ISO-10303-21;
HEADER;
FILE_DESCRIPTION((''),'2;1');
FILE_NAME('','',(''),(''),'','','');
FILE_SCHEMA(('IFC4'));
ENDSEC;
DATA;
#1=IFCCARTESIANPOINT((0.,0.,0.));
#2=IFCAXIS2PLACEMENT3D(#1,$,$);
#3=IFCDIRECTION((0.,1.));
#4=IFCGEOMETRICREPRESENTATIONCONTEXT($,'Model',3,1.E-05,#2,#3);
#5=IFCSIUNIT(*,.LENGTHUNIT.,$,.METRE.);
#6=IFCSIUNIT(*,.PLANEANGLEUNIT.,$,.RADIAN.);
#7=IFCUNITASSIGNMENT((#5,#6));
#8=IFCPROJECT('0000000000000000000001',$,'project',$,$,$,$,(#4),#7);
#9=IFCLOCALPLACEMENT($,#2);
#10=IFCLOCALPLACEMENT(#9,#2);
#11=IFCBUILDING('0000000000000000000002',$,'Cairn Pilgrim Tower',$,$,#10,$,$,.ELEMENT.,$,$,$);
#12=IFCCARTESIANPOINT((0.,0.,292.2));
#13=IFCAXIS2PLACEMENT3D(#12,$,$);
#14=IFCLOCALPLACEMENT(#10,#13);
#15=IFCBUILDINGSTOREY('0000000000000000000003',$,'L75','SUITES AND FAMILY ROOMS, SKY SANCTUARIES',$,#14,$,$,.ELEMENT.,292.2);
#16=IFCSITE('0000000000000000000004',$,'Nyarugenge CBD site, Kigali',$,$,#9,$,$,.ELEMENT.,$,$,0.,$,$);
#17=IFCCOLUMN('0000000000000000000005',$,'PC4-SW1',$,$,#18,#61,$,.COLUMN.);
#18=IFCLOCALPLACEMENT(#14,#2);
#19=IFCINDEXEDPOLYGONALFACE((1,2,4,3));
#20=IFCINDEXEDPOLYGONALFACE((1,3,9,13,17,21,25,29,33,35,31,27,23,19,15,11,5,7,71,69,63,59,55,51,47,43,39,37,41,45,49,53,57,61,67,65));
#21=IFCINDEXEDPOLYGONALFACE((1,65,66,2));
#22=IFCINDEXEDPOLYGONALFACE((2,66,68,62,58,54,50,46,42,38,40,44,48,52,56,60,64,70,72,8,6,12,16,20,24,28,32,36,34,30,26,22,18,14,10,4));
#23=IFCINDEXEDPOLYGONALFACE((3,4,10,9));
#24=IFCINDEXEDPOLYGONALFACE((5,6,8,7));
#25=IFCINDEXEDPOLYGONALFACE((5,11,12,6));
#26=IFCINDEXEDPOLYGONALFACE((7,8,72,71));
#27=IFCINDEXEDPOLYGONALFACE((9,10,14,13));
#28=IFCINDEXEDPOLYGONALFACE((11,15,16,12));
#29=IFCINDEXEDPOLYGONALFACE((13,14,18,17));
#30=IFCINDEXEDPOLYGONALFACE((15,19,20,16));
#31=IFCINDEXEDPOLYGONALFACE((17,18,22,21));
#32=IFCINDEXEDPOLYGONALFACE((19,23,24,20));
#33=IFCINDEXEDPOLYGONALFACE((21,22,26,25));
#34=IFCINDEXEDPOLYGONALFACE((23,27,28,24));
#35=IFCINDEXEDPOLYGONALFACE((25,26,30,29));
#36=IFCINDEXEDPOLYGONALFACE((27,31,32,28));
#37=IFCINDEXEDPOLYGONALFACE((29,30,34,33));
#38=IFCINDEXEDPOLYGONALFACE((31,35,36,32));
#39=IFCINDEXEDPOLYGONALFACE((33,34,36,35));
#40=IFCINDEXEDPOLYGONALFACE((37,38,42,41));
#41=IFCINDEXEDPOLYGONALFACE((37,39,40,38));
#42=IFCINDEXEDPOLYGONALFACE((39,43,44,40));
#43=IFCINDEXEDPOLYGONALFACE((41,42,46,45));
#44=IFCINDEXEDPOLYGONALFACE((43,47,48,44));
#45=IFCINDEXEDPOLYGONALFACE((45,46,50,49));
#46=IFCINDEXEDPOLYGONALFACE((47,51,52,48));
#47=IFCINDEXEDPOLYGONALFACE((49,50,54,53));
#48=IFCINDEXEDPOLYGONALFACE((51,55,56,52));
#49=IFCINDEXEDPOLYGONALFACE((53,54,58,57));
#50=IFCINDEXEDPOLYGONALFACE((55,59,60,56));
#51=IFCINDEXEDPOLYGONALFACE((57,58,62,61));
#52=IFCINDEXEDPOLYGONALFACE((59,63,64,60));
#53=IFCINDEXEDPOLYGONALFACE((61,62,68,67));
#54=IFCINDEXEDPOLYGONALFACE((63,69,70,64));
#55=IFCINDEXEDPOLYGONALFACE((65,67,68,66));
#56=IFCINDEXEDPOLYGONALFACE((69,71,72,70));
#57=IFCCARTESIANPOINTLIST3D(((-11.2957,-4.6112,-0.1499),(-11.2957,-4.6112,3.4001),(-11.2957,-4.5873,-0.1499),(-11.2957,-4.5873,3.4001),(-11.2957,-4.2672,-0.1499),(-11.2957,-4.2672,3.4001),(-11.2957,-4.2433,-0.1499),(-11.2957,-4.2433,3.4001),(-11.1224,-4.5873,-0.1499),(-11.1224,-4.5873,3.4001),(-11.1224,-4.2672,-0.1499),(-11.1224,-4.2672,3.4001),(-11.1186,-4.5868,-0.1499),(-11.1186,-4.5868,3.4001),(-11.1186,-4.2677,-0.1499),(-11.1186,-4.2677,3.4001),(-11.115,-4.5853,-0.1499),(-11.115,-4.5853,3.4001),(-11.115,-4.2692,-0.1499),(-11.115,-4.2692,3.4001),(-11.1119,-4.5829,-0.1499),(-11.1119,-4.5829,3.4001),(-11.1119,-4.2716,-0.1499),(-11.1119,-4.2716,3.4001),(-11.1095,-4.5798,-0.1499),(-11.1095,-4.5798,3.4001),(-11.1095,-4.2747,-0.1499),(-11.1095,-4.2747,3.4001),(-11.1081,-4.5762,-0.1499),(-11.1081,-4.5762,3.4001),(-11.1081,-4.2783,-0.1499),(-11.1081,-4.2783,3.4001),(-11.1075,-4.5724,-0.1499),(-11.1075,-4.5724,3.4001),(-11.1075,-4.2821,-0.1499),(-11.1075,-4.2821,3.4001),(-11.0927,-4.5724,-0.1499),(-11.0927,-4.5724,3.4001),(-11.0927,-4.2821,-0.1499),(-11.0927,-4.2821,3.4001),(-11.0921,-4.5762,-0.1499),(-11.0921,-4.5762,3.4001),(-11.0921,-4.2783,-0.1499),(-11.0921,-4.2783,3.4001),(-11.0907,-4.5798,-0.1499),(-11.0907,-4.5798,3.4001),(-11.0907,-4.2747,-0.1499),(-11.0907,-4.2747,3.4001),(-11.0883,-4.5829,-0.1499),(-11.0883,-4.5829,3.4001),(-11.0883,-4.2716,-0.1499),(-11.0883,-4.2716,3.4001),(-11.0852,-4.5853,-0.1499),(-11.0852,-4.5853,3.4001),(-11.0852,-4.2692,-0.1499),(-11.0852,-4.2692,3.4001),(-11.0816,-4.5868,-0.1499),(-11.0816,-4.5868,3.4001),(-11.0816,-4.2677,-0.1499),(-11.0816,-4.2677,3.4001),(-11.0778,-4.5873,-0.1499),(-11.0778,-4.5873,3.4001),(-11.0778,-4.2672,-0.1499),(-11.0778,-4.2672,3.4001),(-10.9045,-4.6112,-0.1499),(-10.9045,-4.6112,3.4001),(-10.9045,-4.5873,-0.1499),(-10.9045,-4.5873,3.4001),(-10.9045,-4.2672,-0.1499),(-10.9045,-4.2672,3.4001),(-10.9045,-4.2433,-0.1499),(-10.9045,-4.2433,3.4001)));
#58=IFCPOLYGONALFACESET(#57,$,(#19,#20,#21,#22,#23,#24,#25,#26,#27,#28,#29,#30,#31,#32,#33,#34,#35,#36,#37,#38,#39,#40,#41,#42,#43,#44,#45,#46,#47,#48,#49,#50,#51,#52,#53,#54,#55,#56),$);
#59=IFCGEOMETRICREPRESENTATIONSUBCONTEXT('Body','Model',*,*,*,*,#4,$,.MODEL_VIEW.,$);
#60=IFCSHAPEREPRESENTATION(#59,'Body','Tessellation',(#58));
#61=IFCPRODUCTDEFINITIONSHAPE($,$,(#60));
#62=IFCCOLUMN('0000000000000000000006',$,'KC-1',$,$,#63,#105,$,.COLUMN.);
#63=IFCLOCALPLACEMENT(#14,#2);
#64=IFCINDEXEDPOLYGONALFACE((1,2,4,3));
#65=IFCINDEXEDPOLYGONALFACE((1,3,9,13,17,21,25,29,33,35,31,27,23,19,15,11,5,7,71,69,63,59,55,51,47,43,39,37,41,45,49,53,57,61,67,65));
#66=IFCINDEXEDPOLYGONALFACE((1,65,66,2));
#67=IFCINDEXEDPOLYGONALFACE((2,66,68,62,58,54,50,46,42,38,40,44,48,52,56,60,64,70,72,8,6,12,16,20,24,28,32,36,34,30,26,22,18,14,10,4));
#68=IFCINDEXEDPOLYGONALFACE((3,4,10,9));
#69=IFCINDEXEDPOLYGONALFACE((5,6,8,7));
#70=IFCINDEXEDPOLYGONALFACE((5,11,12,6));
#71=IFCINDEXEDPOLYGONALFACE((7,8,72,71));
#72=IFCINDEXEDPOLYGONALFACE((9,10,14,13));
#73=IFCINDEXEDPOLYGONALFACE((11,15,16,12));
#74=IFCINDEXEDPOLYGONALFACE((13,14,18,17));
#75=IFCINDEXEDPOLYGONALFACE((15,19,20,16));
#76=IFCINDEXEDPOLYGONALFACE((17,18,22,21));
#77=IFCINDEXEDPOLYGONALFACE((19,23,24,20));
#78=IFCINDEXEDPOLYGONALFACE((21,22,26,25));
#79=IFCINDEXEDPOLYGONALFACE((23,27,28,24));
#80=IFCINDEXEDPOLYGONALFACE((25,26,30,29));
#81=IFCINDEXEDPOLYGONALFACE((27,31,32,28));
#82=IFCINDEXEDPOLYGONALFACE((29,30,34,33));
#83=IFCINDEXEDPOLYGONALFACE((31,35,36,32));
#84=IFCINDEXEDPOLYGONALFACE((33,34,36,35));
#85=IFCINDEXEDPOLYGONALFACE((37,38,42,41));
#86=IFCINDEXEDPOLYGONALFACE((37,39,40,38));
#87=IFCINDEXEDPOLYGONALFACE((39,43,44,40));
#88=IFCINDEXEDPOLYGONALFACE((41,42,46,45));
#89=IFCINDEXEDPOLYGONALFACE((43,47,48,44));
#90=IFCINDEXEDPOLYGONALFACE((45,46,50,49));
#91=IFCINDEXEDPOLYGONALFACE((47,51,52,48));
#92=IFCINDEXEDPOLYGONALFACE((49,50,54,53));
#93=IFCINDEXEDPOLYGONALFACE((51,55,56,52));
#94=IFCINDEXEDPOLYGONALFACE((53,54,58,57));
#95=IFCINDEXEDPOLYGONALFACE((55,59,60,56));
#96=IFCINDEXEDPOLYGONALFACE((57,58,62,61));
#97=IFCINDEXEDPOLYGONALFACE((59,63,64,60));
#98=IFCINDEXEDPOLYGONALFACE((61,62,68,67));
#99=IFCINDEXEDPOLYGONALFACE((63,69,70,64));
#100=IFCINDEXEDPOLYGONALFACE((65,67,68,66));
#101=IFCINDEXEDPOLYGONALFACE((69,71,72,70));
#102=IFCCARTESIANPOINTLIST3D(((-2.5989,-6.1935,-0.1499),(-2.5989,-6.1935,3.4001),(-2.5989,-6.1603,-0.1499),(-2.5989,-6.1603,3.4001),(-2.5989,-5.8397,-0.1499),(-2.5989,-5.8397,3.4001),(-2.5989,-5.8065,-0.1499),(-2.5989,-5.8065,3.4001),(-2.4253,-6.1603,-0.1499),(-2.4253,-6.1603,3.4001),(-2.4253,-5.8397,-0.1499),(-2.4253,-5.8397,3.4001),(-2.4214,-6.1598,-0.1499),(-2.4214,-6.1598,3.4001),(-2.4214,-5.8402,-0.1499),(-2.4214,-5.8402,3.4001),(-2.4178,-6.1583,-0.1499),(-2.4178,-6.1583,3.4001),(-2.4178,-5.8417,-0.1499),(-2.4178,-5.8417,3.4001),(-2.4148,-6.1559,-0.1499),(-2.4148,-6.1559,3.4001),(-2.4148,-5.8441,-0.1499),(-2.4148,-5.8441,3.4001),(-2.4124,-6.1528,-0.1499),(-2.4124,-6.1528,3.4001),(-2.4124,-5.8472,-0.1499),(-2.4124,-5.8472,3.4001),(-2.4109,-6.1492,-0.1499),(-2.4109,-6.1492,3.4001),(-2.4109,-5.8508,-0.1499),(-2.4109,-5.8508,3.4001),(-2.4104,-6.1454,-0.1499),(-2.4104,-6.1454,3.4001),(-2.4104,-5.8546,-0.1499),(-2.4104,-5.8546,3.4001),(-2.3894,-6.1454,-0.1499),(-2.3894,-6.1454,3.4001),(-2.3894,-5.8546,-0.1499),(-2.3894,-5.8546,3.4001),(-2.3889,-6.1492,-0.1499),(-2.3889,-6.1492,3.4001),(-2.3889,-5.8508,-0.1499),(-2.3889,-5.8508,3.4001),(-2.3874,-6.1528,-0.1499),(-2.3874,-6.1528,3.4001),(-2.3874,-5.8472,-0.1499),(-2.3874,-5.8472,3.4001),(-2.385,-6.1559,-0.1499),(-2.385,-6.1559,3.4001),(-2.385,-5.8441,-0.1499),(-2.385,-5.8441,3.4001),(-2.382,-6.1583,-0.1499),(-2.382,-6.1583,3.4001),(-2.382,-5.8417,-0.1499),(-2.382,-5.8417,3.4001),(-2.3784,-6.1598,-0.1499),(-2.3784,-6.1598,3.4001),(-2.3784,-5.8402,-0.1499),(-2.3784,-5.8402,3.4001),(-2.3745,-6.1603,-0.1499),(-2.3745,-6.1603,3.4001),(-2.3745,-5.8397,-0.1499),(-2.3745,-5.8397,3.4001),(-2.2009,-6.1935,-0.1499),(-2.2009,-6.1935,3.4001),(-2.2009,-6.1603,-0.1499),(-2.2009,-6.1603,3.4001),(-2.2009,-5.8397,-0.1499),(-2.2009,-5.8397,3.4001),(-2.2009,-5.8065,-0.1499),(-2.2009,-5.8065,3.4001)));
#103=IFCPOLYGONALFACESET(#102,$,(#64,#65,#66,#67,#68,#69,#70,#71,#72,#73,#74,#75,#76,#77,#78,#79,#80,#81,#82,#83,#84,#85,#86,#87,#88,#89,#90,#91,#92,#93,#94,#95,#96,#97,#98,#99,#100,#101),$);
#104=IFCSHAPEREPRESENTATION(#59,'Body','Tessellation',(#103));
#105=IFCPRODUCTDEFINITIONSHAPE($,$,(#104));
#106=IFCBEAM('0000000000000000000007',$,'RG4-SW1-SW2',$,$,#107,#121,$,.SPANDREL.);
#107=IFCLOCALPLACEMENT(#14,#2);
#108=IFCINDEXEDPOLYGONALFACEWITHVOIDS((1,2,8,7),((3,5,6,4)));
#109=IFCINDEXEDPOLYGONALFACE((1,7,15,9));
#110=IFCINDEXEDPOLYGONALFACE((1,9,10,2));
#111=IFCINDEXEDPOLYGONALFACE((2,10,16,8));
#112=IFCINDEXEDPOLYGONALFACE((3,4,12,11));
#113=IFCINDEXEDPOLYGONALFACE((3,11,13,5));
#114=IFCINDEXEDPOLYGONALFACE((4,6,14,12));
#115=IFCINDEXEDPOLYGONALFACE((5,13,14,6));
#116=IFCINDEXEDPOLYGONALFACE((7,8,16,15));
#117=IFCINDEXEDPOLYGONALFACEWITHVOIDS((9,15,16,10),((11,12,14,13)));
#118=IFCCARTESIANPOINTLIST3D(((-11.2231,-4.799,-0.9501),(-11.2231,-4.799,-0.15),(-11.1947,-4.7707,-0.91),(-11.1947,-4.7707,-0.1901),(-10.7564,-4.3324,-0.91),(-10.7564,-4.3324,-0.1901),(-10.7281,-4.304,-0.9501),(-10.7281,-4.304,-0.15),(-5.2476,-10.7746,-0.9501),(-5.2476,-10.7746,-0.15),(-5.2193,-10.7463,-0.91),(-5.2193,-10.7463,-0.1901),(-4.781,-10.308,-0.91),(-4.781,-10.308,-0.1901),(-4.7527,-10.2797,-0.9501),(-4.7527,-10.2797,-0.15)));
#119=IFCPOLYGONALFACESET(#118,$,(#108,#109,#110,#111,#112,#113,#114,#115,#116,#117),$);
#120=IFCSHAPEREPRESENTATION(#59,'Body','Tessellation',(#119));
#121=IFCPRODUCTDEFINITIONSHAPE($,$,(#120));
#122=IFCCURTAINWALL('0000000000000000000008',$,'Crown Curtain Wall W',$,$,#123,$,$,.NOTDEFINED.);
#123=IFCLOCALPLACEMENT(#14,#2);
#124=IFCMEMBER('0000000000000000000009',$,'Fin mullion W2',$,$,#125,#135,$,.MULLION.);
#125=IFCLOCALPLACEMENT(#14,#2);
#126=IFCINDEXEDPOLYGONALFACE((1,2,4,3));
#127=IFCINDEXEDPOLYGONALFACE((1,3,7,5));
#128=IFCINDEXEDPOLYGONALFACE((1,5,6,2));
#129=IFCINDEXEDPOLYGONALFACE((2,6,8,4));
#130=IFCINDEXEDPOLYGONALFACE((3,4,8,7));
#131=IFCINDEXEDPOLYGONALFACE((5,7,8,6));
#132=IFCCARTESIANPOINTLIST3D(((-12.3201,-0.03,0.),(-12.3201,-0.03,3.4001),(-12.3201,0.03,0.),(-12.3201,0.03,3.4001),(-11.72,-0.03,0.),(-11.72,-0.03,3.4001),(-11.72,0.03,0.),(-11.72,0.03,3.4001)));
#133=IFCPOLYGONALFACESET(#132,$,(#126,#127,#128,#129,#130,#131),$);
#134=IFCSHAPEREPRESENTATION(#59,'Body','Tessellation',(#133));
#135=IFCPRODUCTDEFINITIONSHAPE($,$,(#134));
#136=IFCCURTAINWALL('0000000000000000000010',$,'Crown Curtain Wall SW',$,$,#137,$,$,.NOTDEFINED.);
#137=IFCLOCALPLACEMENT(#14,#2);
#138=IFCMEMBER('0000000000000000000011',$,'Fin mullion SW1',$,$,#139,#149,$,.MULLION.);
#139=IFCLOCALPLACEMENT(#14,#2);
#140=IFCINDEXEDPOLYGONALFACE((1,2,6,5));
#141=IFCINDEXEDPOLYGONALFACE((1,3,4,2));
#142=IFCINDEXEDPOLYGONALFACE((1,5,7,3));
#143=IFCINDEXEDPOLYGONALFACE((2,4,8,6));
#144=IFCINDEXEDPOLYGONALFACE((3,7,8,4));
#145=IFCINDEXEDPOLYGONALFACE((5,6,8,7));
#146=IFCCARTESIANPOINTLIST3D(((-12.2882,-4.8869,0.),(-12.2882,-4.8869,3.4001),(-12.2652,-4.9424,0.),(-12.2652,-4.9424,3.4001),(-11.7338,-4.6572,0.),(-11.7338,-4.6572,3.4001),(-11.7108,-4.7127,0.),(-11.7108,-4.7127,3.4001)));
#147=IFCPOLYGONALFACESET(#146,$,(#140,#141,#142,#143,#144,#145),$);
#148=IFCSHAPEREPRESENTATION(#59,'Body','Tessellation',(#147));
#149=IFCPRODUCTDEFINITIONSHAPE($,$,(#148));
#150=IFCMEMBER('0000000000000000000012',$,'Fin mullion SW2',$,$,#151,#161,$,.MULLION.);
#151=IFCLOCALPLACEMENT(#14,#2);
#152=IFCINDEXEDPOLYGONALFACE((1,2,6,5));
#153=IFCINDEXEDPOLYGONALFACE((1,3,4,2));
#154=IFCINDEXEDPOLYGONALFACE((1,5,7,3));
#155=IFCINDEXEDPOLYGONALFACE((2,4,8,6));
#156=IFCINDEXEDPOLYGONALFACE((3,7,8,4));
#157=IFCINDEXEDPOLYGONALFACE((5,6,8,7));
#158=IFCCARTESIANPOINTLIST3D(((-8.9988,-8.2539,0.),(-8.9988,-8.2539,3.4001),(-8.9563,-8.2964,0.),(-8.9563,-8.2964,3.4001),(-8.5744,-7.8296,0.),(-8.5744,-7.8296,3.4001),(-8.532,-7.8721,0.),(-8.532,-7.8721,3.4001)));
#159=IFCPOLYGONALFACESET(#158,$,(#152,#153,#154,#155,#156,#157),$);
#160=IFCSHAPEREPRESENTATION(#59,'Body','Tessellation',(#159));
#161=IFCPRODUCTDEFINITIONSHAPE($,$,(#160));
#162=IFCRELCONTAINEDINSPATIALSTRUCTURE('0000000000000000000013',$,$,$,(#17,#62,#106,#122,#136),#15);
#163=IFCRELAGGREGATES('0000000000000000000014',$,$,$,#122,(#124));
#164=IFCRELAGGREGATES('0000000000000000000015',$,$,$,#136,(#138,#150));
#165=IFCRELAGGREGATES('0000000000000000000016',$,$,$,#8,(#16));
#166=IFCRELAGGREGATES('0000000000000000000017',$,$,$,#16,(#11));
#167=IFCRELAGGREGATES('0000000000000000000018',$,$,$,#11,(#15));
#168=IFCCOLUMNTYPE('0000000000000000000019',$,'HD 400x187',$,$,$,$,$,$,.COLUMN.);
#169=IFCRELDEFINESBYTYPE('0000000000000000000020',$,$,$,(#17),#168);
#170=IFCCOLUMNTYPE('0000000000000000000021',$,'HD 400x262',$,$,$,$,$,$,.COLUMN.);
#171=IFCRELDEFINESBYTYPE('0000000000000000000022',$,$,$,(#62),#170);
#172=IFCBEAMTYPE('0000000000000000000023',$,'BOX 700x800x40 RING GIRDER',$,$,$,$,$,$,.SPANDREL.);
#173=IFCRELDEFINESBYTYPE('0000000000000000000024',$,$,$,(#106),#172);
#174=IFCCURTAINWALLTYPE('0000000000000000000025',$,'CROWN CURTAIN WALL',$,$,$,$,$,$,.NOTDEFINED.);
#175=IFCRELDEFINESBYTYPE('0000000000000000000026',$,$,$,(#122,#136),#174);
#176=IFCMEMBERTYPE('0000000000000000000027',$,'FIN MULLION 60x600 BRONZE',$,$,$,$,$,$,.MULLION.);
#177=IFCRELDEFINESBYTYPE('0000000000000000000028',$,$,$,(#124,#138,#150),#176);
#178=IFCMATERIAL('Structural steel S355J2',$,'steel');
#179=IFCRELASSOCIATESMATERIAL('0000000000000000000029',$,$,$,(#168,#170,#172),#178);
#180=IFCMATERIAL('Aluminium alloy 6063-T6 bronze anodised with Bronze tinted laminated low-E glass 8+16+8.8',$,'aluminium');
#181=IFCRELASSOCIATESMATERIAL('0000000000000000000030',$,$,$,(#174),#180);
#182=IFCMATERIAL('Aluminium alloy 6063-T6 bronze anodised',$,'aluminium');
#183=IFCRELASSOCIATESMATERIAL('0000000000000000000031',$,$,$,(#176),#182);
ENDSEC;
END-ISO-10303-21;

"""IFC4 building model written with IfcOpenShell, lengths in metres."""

from ifc_helpers import new_model, si_unit, direction, frame, origin, origin_2d, place, context, subcontext, project, spatial, rectangle, hollow_rectangle, i_section, extrude, material, material_profile, profile_set, type_object, element, aggregate, save


model = new_model("IFC4")

# Units and contexts
model_context = context("Model", 3, precision=1e-05, world=origin(), true_north=direction((0.0, 1.0)))
body_context = subcontext(model_context, "Body", "Model", "MODEL_VIEW")
ifc_project = project(units=[si_unit("LENGTHUNIT", "METRE"), si_unit("PLANEANGLEUNIT", "RADIAN")], contexts=[model_context])

# Site, building, storey
site_placement = place(None, origin())
site = spatial("IfcSite", under=ifc_project, at=site_placement, Name="Nyarugenge CBD site, Kigali", CompositionType="ELEMENT", RefElevation=0.0)
building_placement = place(site_placement, origin())
building = spatial("IfcBuilding", under=site, at=building_placement, Name="Cairn Pilgrim Tower", CompositionType="ELEMENT")
storey_placement = place(building_placement, frame((0.0, 0.0, 292.2)))
storey = spatial("IfcBuildingStorey", under=building, at=storey_placement, Name="L75", Description="SUITES AND FAMILY ROOMS, SKY SANCTUARIES", CompositionType="ELEMENT", Elevation=292.2)

# Columns
ifc_material_1 = material(Name="Structural steel S355J2", Category="steel")
ifc_material_profile_1 = material_profile(ifc_material_1, i_section(OverallWidth=0.3911, OverallDepth=0.3679, WebThickness=0.0149, FlangeThickness=0.0239, FilletRadius=0.0149, at=origin_2d()), Name="HD 400x187")
ifc_profile_set_1 = profile_set([ifc_material_profile_1], Name="Structural steel S355J2")
column_type_1 = type_object("IfcColumnType", Name="HD 400x187", PredefinedType="COLUMN", material=ifc_profile_set_1)
column_1_placement = place(storey_placement, frame((-11.1001, -4.4272, -0.1499), z_axis=(0.0, 0.0, 1.0), x_axis=(1.0, 0.0, 0.0)))
element("IfcColumn", 1, at=column_1_placement, inside=storey, type_object=column_type_1, Name="PC4-SW1", PredefinedType="COLUMN", context=body_context, shape_type="SweptSolid", body=[
    extrude(i_section(OverallWidth=0.3911, OverallDepth=0.3679, WebThickness=0.0149, FlangeThickness=0.0239, FilletRadius=0.0149, at=origin_2d()), origin(), (0.0, 0.0, 1.0), 3.55),
])
ifc_material_profile_2 = material_profile(ifc_material_1, i_section(OverallWidth=0.3979, OverallDepth=0.387, WebThickness=0.021, FlangeThickness=0.0332, FilletRadius=0.0149, at=origin_2d()), Name="HD 400x262")
ifc_profile_set_2 = profile_set([ifc_material_profile_2], Name="Structural steel S355J2")
column_type_2 = type_object("IfcColumnType", Name="HD 400x262", PredefinedType="COLUMN", material=ifc_profile_set_2)
column_2_placement = place(storey_placement, frame((-2.3999, -6.0, -0.1499), z_axis=(0.0, 0.0, 1.0), x_axis=(1.0, 0.0, 0.0)))
element("IfcColumn", 2, at=column_2_placement, inside=storey, type_object=column_type_2, Name="KC-1", PredefinedType="COLUMN", context=body_context, shape_type="SweptSolid", body=[
    extrude(i_section(OverallWidth=0.3979, OverallDepth=0.387, WebThickness=0.021, FlangeThickness=0.0332, FilletRadius=0.0149, at=origin_2d()), origin(), (0.0, 0.0, 1.0), 3.55),
])

# Beam
ifc_material_profile_3 = material_profile(ifc_material_1, hollow_rectangle(XDim=0.7, YDim=0.8, WallThickness=0.04, at=origin_2d()), Name="BOX 700x800x40")
ifc_profile_set_3 = profile_set([ifc_material_profile_3], Name="Structural steel S355J2")
beam_type_1 = type_object("IfcBeamType", Name="BOX 700x800x40 RING GIRDER", PredefinedType="SPANDREL", material=ifc_profile_set_3)
beam_1_placement = place(storey_placement, frame((-10.9756, -4.5515, -0.55), z_axis=(0.707092, -0.707121, 0.0), x_axis=(0.707121, 0.707092, 0.0)))
element("IfcBeam", 3, at=beam_1_placement, inside=storey, type_object=beam_type_1, Name="RG4-SW1-SW2", PredefinedType="SPANDREL", context=body_context, shape_type="SweptSolid", body=[
    extrude(hollow_rectangle(XDim=0.7, YDim=0.8, WallThickness=0.04, at=origin_2d()), origin(), (0.0, 0.0, 1.0), 8.4507),
])

# Curtain wall, member
ifc_material_2 = material(Name="Aluminium alloy 6063-T6 bronze anodised with Bronze tinted laminated low-E glass 8+16+8.8", Category="aluminium")
curtain_wall_type = type_object("IfcCurtainWallType", Name="CROWN CURTAIN WALL", PredefinedType="NOTDEFINED", material=ifc_material_2)
curtain_wall_1_placement = place(storey_placement, origin())
curtain_wall_1 = element("IfcCurtainWall", 4, at=curtain_wall_1_placement, inside=storey, type_object=curtain_wall_type, Name="Crown Curtain Wall W", PredefinedType="NOTDEFINED")
ifc_material_3 = material(Name="Aluminium alloy 6063-T6 bronze anodised", Category="aluminium")
ifc_material_profile_4 = material_profile(ifc_material_3, rectangle(XDim=0.6001, YDim=0.0601, at=origin_2d()), Name="FIN MULLION 60x600 BRONZE")
ifc_profile_set_4 = profile_set([ifc_material_profile_4], Name="Aluminium alloy 6063-T6 bronze anodised")
member_type_1 = type_object("IfcMemberType", Name="FIN MULLION 60x600 BRONZE", PredefinedType="MULLION", material=ifc_profile_set_4)
member_1_placement = place(storey_placement, frame((-12.02, 0.0, 0.0), z_axis=(0.0, 0.0, 1.0), x_axis=(-1.0, 0.0, 0.0)))
member_1 = element("IfcMember", 5, at=member_1_placement, type_object=member_type_1, Name="Fin mullion W2", PredefinedType="MULLION", context=body_context, shape_type="SweptSolid", body=[
    extrude(rectangle(XDim=0.6001, YDim=0.0601, at=origin_2d()), origin(), (0.0, 0.0, 1.0), 3.4001),
])
aggregate(curtain_wall_1, [member_1])

# Curtain wall, members
curtain_wall_2_placement = place(storey_placement, origin())
curtain_wall_2 = element("IfcCurtainWall", 6, at=curtain_wall_2_placement, inside=storey, type_object=curtain_wall_type, Name="Crown Curtain Wall SW", PredefinedType="NOTDEFINED")
member_2_placement = place(storey_placement, frame((-11.9995, -4.7998, 0.0), z_axis=(0.0, 0.0, 1.0), x_axis=(-0.92388, -0.382683, 0.0)))
member_2 = element("IfcMember", 7, at=member_2_placement, type_object=member_type_1, Name="Fin mullion SW1", PredefinedType="MULLION", context=body_context, shape_type="SweptSolid", body=[
    extrude(rectangle(XDim=0.6001, YDim=0.0601, at=origin_2d()), origin(), (0.0, 0.0, 1.0), 3.4001),
])
member_3_placement = place(storey_placement, frame((-8.7654, -8.063, 0.0), z_axis=(0.0, 0.0, 1.0), x_axis=(-0.707107, -0.707107, 0.0)))
member_3 = element("IfcMember", 8, at=member_3_placement, type_object=member_type_1, Name="Fin mullion SW2", PredefinedType="MULLION", context=body_context, shape_type="SweptSolid", body=[
    extrude(rectangle(XDim=0.6001, YDim=0.0601, at=origin_2d()), origin(), (0.0, 0.0, 1.0), 3.4001),
])

aggregate(curtain_wall_2, [member_2, member_3])

save(model, "model.ifc")
